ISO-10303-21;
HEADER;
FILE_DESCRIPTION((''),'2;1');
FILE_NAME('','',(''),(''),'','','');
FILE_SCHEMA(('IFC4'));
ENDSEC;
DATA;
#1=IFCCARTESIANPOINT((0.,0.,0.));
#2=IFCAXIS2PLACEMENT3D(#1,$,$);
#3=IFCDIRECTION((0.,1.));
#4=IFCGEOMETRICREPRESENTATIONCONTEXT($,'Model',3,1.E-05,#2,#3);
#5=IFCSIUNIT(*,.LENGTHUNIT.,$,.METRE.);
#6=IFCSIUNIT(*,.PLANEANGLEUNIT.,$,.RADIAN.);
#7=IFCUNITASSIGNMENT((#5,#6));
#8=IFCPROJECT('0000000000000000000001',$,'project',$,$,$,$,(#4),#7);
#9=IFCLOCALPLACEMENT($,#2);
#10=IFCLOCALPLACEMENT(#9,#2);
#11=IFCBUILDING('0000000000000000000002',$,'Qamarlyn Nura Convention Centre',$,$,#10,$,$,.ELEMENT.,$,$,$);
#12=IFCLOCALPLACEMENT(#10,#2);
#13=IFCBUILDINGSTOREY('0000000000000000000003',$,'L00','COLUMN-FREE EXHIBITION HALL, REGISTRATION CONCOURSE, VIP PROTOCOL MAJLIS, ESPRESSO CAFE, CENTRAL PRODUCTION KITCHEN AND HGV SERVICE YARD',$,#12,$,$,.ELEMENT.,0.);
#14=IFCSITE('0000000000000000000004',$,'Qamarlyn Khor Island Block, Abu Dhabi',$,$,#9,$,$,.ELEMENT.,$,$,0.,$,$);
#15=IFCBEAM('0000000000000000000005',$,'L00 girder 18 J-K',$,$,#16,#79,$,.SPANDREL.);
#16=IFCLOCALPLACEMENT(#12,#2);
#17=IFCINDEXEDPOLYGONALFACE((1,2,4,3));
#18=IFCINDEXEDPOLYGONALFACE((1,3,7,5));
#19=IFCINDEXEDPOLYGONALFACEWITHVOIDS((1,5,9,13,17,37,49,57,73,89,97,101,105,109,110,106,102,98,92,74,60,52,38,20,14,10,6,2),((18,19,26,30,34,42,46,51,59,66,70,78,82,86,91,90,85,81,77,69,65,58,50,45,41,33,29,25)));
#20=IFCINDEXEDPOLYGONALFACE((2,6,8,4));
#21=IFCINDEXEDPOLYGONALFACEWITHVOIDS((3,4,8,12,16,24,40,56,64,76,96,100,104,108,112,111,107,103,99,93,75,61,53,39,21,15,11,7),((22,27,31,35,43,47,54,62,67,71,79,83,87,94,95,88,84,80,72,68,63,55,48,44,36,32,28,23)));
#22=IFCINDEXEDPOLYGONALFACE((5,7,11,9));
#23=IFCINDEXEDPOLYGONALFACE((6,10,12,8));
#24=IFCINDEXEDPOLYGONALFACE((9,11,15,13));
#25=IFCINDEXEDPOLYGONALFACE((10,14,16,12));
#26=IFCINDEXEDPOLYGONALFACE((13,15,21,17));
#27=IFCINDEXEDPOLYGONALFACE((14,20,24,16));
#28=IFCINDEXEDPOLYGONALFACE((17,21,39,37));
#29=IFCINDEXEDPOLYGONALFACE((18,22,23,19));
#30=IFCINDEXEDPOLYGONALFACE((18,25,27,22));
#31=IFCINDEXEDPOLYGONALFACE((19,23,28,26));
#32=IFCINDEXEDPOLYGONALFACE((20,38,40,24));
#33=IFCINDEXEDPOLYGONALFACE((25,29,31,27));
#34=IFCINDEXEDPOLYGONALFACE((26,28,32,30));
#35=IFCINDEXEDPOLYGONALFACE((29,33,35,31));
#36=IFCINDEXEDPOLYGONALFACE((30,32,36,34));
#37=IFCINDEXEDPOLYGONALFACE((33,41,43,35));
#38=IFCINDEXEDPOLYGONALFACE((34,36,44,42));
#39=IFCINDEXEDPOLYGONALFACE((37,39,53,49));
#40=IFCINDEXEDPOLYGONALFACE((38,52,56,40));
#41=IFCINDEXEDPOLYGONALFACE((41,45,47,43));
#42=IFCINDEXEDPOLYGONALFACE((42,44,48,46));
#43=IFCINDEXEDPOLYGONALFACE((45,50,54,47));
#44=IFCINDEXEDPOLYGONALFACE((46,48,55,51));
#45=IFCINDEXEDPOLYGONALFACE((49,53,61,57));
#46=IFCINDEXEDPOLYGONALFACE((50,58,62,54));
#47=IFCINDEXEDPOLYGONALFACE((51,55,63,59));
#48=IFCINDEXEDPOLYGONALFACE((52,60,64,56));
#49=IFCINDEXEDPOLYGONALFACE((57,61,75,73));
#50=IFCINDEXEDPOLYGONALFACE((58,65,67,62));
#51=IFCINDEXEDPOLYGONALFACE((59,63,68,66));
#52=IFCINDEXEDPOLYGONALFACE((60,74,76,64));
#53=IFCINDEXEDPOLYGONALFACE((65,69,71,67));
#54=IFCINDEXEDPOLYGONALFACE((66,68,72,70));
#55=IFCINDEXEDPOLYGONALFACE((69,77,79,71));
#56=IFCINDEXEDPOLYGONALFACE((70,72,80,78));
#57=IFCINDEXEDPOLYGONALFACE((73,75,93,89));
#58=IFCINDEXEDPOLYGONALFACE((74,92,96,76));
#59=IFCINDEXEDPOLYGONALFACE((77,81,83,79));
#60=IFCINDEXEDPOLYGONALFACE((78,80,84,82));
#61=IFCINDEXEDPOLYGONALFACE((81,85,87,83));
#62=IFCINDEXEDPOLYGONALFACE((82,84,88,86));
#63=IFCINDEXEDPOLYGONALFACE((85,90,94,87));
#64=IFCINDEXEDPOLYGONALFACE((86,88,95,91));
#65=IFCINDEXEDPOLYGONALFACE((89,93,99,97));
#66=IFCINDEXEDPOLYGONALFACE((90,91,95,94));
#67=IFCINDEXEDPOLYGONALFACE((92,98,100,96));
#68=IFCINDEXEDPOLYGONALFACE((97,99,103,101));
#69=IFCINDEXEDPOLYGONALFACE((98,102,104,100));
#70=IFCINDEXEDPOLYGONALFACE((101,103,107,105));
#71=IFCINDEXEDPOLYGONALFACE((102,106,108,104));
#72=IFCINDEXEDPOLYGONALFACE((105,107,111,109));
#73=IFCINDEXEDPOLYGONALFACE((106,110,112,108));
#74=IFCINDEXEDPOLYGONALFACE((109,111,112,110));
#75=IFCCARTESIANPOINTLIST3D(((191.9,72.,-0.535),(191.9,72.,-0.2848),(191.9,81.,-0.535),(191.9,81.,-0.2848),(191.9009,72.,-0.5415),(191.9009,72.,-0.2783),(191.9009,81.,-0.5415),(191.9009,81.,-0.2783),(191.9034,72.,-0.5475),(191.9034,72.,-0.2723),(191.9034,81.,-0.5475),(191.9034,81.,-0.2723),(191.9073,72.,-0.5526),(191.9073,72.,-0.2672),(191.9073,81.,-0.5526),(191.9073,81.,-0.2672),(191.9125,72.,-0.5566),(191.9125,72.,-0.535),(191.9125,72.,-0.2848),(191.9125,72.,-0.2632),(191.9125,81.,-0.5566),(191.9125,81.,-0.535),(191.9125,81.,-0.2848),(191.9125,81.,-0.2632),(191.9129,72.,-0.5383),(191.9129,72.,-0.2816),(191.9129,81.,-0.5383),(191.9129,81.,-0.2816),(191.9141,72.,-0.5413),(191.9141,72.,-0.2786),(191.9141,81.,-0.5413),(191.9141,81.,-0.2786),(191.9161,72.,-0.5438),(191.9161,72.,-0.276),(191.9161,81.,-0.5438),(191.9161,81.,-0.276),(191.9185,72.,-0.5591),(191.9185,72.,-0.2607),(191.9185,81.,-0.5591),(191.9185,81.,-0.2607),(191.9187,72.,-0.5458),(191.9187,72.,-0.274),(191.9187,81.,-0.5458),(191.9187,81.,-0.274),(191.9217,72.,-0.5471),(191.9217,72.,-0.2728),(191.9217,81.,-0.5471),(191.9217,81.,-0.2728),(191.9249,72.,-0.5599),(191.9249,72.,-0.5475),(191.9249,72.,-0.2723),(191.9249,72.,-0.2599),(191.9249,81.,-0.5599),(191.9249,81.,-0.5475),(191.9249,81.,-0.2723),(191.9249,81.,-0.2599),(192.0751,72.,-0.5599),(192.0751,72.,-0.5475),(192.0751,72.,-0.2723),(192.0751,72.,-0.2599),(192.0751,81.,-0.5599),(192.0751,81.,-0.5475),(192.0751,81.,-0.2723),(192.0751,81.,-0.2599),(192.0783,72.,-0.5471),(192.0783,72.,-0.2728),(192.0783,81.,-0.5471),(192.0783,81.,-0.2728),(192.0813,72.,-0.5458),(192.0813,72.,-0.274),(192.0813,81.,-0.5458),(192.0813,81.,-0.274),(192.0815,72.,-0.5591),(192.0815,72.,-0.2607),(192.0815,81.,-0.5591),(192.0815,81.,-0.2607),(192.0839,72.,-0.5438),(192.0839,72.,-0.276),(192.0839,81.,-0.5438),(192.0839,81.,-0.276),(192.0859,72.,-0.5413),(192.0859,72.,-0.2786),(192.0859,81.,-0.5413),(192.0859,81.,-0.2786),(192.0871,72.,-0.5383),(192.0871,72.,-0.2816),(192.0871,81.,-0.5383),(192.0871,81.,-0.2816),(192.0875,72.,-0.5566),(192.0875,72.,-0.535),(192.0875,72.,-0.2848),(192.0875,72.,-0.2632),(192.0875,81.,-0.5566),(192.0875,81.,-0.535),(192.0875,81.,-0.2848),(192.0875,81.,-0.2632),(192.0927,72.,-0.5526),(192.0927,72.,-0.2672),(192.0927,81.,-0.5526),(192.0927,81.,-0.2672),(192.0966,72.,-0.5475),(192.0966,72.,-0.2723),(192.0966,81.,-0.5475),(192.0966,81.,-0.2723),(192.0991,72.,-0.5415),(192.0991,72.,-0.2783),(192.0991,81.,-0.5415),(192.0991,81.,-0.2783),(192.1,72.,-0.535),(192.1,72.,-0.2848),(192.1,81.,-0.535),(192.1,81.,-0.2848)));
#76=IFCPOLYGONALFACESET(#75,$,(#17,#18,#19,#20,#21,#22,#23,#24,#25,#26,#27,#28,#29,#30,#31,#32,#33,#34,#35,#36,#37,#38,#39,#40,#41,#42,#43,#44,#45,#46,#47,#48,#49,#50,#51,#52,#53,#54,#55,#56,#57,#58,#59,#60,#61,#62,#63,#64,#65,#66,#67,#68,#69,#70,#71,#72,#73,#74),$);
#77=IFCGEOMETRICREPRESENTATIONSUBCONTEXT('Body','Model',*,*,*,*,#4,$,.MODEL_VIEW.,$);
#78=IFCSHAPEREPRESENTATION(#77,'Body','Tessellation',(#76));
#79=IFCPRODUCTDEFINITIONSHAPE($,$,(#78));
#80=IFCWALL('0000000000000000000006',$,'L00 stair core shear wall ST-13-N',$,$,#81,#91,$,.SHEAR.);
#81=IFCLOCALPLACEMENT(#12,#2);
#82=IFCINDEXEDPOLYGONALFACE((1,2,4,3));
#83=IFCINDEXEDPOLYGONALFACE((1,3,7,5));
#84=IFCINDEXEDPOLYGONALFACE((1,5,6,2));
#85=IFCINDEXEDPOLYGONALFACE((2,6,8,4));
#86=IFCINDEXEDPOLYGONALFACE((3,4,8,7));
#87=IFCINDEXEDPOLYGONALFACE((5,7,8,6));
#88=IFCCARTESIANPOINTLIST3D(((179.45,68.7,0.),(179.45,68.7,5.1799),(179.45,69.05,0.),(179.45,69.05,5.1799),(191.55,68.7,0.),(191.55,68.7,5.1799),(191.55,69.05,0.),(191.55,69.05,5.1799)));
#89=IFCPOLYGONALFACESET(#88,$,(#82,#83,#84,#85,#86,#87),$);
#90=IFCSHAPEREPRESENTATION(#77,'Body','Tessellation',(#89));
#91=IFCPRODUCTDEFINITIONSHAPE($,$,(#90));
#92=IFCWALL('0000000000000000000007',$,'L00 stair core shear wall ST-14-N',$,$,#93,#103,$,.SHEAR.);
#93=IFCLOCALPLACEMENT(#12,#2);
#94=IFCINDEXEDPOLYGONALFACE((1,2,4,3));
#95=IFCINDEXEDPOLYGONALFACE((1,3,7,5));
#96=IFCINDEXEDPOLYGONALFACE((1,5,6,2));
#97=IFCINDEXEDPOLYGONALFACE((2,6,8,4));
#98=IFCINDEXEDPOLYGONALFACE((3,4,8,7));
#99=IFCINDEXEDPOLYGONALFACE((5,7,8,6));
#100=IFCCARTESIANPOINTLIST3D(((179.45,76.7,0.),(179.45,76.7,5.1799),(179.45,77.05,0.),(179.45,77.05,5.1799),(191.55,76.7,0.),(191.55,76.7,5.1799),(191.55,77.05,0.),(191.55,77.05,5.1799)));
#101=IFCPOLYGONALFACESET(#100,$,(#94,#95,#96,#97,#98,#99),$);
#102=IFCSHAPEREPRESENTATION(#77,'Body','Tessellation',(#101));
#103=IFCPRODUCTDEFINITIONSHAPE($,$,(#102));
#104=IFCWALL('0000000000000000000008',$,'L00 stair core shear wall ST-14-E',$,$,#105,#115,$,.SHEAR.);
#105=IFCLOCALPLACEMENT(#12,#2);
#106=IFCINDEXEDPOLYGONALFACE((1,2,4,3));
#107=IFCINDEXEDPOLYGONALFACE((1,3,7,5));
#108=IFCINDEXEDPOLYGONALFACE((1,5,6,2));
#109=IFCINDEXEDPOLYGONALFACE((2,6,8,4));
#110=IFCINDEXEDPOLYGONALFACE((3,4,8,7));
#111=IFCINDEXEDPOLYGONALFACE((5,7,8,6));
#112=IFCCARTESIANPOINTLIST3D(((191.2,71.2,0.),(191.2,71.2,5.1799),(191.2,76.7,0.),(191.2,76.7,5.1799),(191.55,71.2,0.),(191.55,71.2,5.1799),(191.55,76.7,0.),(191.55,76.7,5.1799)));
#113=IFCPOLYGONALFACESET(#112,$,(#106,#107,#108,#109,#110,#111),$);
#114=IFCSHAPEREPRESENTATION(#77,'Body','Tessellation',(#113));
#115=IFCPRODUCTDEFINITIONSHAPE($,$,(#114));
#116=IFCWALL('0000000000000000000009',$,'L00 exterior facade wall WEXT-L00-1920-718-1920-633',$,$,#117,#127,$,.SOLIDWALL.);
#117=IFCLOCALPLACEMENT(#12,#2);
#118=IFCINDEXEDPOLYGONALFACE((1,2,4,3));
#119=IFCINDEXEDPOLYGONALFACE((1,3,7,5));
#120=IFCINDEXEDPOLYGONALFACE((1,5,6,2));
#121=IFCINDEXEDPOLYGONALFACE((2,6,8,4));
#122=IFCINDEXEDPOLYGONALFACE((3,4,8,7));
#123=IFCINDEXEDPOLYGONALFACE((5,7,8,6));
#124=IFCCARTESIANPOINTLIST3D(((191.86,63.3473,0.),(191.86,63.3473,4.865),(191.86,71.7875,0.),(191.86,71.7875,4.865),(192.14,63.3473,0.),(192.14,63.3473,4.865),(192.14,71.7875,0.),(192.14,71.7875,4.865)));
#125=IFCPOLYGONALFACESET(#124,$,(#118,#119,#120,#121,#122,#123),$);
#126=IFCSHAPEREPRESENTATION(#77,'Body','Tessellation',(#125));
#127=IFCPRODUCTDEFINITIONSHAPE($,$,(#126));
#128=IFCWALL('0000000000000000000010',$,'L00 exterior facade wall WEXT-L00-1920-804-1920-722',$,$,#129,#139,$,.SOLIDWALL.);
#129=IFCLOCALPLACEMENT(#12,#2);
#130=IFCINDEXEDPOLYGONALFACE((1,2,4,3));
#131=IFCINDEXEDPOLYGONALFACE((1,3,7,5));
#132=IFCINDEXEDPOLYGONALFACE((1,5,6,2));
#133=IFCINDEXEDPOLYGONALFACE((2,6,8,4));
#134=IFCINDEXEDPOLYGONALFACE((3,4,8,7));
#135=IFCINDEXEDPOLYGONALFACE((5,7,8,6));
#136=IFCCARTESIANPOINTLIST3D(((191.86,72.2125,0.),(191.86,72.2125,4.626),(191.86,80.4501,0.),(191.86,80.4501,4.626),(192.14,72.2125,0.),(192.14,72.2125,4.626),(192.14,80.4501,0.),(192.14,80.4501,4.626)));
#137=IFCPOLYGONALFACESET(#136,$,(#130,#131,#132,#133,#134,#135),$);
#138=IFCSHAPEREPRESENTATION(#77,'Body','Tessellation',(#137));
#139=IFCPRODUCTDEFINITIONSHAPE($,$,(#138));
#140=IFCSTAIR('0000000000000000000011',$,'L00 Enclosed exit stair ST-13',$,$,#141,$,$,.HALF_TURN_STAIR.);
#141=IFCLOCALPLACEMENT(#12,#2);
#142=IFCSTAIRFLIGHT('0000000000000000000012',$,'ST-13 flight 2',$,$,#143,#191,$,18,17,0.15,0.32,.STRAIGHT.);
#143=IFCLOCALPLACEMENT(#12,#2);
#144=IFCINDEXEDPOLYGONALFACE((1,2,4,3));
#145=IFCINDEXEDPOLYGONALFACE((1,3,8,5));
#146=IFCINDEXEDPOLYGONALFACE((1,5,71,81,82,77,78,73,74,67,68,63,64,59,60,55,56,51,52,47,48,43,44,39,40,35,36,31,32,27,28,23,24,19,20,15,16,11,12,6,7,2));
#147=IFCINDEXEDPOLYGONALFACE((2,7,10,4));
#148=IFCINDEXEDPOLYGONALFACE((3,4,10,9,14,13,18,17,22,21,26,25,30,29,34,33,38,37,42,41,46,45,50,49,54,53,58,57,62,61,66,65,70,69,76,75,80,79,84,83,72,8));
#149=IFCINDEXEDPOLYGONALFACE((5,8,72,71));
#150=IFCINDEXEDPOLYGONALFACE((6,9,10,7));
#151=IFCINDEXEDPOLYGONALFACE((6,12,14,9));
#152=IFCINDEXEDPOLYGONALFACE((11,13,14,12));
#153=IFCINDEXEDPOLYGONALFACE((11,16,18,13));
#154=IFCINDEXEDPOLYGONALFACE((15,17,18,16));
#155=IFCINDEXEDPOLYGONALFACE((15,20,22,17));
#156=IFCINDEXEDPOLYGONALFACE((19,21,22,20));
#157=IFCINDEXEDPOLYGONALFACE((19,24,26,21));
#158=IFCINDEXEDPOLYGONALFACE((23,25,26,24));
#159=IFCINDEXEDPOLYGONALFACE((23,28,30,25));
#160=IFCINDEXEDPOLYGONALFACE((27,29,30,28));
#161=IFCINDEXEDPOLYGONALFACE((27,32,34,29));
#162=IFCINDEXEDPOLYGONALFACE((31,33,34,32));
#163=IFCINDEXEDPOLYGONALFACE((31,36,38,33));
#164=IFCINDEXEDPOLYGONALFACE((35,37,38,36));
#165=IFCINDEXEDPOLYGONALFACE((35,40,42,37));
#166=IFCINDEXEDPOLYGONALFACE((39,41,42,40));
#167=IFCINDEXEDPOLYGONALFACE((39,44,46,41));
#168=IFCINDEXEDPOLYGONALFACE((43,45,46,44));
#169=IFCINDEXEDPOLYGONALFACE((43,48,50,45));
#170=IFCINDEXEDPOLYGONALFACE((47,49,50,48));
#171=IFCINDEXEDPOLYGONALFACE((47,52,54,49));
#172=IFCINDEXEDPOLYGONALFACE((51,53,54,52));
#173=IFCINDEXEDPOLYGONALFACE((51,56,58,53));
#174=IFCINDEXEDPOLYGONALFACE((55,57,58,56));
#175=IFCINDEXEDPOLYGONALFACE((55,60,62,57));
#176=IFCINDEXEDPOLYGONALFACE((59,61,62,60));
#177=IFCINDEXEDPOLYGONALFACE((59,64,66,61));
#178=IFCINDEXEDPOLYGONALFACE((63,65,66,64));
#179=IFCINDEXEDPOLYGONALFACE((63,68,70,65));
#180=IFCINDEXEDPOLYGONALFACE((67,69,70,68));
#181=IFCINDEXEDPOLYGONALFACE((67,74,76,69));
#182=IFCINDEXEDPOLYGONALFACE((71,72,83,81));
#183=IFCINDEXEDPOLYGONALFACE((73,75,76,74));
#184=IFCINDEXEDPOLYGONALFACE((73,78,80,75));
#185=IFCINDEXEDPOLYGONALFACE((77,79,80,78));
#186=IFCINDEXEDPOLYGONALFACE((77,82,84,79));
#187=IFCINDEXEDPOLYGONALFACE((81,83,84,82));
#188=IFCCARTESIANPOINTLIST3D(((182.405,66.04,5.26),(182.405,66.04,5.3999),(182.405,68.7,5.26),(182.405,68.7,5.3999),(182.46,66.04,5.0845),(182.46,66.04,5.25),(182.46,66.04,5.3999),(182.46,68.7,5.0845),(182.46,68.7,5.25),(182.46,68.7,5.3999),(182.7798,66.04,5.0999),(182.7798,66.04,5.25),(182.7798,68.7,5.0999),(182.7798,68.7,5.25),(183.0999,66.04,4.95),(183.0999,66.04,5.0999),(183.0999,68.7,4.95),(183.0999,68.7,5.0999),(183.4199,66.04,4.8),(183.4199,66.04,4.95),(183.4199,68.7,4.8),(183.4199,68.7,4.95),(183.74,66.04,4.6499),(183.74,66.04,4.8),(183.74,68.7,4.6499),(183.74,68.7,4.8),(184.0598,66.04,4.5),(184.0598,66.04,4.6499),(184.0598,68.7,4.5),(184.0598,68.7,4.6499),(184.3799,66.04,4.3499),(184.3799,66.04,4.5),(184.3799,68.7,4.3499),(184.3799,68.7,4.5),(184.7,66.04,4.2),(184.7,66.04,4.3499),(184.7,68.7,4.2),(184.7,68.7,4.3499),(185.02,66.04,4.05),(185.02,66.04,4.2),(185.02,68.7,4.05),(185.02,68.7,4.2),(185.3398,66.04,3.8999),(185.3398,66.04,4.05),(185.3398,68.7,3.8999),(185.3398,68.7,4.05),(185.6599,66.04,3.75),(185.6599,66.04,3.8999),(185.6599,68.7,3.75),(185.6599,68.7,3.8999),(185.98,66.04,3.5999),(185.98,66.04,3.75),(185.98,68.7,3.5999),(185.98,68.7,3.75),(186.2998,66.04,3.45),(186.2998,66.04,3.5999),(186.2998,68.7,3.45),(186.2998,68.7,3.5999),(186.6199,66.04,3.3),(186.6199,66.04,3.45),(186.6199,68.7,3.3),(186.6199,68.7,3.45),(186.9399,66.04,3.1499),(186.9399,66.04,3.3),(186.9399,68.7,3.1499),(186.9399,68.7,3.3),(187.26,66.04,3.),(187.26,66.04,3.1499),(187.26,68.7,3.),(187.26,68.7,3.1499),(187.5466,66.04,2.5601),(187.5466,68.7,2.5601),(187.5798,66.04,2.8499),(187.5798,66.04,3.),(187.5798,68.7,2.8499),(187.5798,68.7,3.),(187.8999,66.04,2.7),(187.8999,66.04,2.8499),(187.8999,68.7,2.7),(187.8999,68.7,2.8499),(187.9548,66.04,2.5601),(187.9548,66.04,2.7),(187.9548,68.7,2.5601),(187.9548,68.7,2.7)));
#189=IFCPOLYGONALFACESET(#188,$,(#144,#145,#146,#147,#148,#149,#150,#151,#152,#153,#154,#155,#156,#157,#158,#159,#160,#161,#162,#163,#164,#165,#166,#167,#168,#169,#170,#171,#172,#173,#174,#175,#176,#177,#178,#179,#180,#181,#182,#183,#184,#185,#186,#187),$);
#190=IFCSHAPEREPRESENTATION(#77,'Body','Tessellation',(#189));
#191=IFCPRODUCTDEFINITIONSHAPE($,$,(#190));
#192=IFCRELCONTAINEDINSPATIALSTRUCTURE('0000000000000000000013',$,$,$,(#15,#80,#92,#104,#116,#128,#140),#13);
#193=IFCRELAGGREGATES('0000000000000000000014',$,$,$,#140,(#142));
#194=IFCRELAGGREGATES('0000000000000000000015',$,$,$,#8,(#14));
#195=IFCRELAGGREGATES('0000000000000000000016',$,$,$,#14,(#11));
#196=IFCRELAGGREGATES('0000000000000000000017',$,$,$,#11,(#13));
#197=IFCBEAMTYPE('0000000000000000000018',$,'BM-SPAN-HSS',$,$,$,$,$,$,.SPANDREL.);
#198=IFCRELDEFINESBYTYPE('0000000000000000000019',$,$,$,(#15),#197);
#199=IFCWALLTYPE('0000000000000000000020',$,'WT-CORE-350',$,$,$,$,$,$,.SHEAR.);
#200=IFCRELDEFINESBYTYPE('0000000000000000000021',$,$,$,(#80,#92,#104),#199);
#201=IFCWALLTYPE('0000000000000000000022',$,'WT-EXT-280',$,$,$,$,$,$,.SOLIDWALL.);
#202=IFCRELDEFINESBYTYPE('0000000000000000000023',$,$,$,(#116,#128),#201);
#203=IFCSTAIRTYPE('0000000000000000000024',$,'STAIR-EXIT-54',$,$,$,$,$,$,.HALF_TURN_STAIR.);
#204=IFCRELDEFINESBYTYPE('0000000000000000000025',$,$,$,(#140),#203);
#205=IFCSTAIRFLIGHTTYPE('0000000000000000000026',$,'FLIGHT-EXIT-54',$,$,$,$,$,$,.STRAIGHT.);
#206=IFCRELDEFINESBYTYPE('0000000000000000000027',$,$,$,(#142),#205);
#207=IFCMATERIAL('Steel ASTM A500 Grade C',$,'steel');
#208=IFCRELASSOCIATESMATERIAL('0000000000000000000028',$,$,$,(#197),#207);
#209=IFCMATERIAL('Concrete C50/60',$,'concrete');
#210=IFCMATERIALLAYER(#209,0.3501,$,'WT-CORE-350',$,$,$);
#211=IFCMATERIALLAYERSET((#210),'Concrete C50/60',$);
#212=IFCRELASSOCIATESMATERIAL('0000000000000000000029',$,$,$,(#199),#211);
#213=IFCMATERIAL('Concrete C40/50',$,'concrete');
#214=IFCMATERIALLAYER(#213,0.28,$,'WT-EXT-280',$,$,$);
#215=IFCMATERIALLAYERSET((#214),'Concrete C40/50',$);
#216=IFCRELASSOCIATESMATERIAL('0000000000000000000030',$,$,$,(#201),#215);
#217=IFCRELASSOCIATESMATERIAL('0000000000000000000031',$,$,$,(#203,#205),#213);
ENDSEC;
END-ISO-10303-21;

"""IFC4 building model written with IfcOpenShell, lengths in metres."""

from ifc_helpers import new_model, si_unit, direction, frame, frame_2d, origin, origin_2d, place, context, subcontext, project, spatial, polyline, rectangle, hollow_rectangle, outline, extrude, material, layer, layer_set, material_profile, profile_set, type_object, element, aggregate, save


model = new_model("IFC4")

# Units and contexts
model_context = context("Model", 3, precision=1e-05, world=origin(), true_north=direction((0.0, 1.0)))
body_context = subcontext(model_context, "Body", "Model", "MODEL_VIEW")
ifc_project = project(units=[si_unit("LENGTHUNIT", "METRE"), si_unit("PLANEANGLEUNIT", "RADIAN")], contexts=[model_context])

# Site, building, storey
site_placement = place(None, origin())
site = spatial("IfcSite", under=ifc_project, at=site_placement, Name="Qamarlyn Khor Island Block, Abu Dhabi", CompositionType="ELEMENT", RefElevation=0.0)
building_placement = place(site_placement, origin())
building = spatial("IfcBuilding", under=site, at=building_placement, Name="Qamarlyn Nura Convention Centre", CompositionType="ELEMENT")
storey_placement = place(building_placement, origin())
storey = spatial("IfcBuildingStorey", under=building, at=storey_placement, Name="L00", Description="COLUMN-FREE EXHIBITION HALL, REGISTRATION CONCOURSE, VIP PROTOCOL MAJLIS, ESPRESSO CAFE, CENTRAL PRODUCTION KITCHEN AND HGV SERVICE YARD", CompositionType="ELEMENT", Elevation=0.0)

# Beam
ifc_material_1 = material(Name="Steel ASTM A500 Grade C", Category="steel")
ifc_material_profile_1 = material_profile(ifc_material_1, hollow_rectangle(XDim=0.2, YDim=0.3, WallThickness=0.0125, InnerFilletRadius=0.0125, OuterFilletRadius=0.0249, at=origin_2d()), Name="HSS300X200X12.5")
ifc_profile_set_1 = profile_set([ifc_material_profile_1], Name="Steel ASTM A500 Grade C")
beam_type_1 = type_object("IfcBeamType", Name="BM-SPAN-HSS", PredefinedType="SPANDREL", material=ifc_profile_set_1)
beam_1_placement = place(storey_placement, frame((192.0, 72.0, -0.4099), z_axis=(0.0, 1.0, 0.0), x_axis=(-1.0, 0.0, 0.0)))
element("IfcBeam", 1, at=beam_1_placement, inside=storey, type_object=beam_type_1, Name="L00 girder 18 J-K", PredefinedType="SPANDREL", context=body_context, shape_type="SweptSolid", body=[
    extrude(hollow_rectangle(XDim=0.2, YDim=0.3, WallThickness=0.0125, InnerFilletRadius=0.0125, OuterFilletRadius=0.0249, at=origin_2d()), origin(), (0.0, 0.0, 1.0), 9.0),
])

# Walls
ifc_material_2 = material(Name="Concrete C50/60", Category="concrete")
ifc_layer_1 = layer(ifc_material_2, 0.3501, Name="WT-CORE-350")
ifc_layer_set_1 = layer_set([ifc_layer_1], Name="Concrete C50/60")
wall_type_1 = type_object("IfcWallType", Name="WT-CORE-350", PredefinedType="SHEAR", material=ifc_layer_set_1)
for number, where, z_axis, x_axis, name in (
    (2, (191.55, 68.875, 0.0), (0.0, 0.0, 1.0), (-1.0, 0.0, 0.0), "L00 stair core shear wall ST-13-N"),
    (3, (191.55, 76.875, 0.0), (0.0, 0.0, 1.0), (-1.0, 0.0, 0.0), "L00 stair core shear wall ST-14-N"),
):
    element("IfcWall", number, at=place(storey_placement, frame(where, z_axis=z_axis, x_axis=x_axis)), inside=storey, type_object=wall_type_1, Name=name, PredefinedType="SHEAR", context=body_context, shape_type="SweptSolid", body=[
        extrude(rectangle(XDim=12.1001, YDim=0.3501, at=frame_2d((6.05, 0.0))), origin(), (0.0, 0.0, 1.0), 5.1799),
    ])
wall_1_placement = place(storey_placement, frame((191.375, 71.2, 0.0), z_axis=(0.0, 0.0, 1.0), x_axis=(0.0, 1.0, 0.0)))
element("IfcWall", 4, at=wall_1_placement, inside=storey, type_object=wall_type_1, Name="L00 stair core shear wall ST-14-E", PredefinedType="SHEAR", context=body_context, shape_type="SweptSolid", body=[
    extrude(rectangle(XDim=5.5, YDim=0.3501, at=frame_2d((2.75, 0.0))), origin(), (0.0, 0.0, 1.0), 5.1799),
])
ifc_material_3 = material(Name="Concrete C40/50", Category="concrete")
ifc_layer_2 = layer(ifc_material_3, 0.28, Name="WT-EXT-280")
ifc_layer_set_2 = layer_set([ifc_layer_2], Name="Concrete C40/50")
wall_type_2 = type_object("IfcWallType", Name="WT-EXT-280", PredefinedType="SOLIDWALL", material=ifc_layer_set_2)
wall_2_placement = place(storey_placement, frame((192.0, 71.7876, 0.0), z_axis=(0.0, 0.0, 1.0), x_axis=(0.0, -1.0, 0.0)))
element("IfcWall", 5, at=wall_2_placement, inside=storey, type_object=wall_type_2, Name="L00 exterior facade wall WEXT-L00-1920-718-1920-633", PredefinedType="SOLIDWALL", context=body_context, shape_type="SweptSolid", body=[
    extrude(rectangle(XDim=8.4402, YDim=0.28, at=frame_2d((4.2202, 0.0))), origin(), (0.0, 0.0, 1.0), 4.865),
])
wall_3_placement = place(storey_placement, frame((192.0, 80.45, 0.0), z_axis=(0.0, 0.0, 1.0), x_axis=(0.0, -1.0, 0.0)))
element("IfcWall", 6, at=wall_3_placement, inside=storey, type_object=wall_type_2, Name="L00 exterior facade wall WEXT-L00-1920-804-1920-722", PredefinedType="SOLIDWALL", context=body_context, shape_type="SweptSolid", body=[
    extrude(rectangle(XDim=8.2375, YDim=0.28, at=frame_2d((4.1187, 0.0))), origin(), (0.0, 0.0, 1.0), 4.626),
])

# Stair, stair flight
stair_type = type_object("IfcStairType", Name="STAIR-EXIT-54", PredefinedType="HALF_TURN_STAIR", material=ifc_material_3)
stair_1_placement = place(storey_placement, origin())
stair_1 = element("IfcStair", 7, at=stair_1_placement, inside=storey, type_object=stair_type, Name="L00 Enclosed exit stair ST-13", PredefinedType="HALF_TURN_STAIR")
stair_flight_type = type_object("IfcStairFlightType", Name="FLIGHT-EXIT-54", PredefinedType="STRAIGHT", material=ifc_material_3)
stair_flight_1_placement = place(storey_placement, frame((187.8999, 67.3701, 2.7), z_axis=(0.0, 0.0, 1.0), x_axis=(-1.0, 0.0, 0.0)))
stair_flight_1 = element("IfcStairFlight", 8, at=stair_flight_1_placement, type_object=stair_flight_type, Name="ST-13 flight 2", NumberOfRisers=18, NumberOfTreads=17, PredefinedType="STRAIGHT", RiserHeight=0.15, TreadLength=0.32, context=body_context, shape_type="SweptSolid", body=[
    extrude(outline(polyline([(-0.0549, 0.0), (0.0, 0.0), (0.0, 0.1499), (0.3201, 0.1499), (0.3201, 0.3), (0.6399, 0.3), (0.6399, 0.45), (0.96, 0.45), (0.96, 0.6001), (1.28, 0.6001), (1.28, 0.75), (1.6001, 0.75), (1.6001, 0.8999), (1.9199, 0.8999), (1.9199, 1.05), (2.24, 1.05), (2.24, 1.2), (2.5601, 1.2), (2.5601, 1.3501), (2.8799, 1.3501), (2.8799, 1.5), (3.2, 1.5), (3.2, 1.6499), (3.52, 1.6499), (3.52, 1.8), (3.8401, 1.8), (3.8401, 1.95), (4.1599, 1.95), (4.1599, 2.1001), (4.48, 2.1001), (4.48, 2.25), (4.8, 2.25), (4.8, 2.3999), (5.1201, 2.3999), (5.1201, 2.55), (5.4399, 2.55), (5.4399, 2.7), (5.4949, 2.7), (5.4949, 2.5601), (5.4399, 2.3845), (0.3533, -0.1399), (-0.0549, -0.1399), (-0.0549, 0.0)])), frame((0.0, 1.3301, 0.0), z_axis=(0.0, -1.0, 0.0), x_axis=(1.0, 0.0, 0.0)), (0.0, 0.0, 1.0), 2.6599),
])
aggregate(stair_1, [stair_flight_1])

save(model, "model.ifc")
